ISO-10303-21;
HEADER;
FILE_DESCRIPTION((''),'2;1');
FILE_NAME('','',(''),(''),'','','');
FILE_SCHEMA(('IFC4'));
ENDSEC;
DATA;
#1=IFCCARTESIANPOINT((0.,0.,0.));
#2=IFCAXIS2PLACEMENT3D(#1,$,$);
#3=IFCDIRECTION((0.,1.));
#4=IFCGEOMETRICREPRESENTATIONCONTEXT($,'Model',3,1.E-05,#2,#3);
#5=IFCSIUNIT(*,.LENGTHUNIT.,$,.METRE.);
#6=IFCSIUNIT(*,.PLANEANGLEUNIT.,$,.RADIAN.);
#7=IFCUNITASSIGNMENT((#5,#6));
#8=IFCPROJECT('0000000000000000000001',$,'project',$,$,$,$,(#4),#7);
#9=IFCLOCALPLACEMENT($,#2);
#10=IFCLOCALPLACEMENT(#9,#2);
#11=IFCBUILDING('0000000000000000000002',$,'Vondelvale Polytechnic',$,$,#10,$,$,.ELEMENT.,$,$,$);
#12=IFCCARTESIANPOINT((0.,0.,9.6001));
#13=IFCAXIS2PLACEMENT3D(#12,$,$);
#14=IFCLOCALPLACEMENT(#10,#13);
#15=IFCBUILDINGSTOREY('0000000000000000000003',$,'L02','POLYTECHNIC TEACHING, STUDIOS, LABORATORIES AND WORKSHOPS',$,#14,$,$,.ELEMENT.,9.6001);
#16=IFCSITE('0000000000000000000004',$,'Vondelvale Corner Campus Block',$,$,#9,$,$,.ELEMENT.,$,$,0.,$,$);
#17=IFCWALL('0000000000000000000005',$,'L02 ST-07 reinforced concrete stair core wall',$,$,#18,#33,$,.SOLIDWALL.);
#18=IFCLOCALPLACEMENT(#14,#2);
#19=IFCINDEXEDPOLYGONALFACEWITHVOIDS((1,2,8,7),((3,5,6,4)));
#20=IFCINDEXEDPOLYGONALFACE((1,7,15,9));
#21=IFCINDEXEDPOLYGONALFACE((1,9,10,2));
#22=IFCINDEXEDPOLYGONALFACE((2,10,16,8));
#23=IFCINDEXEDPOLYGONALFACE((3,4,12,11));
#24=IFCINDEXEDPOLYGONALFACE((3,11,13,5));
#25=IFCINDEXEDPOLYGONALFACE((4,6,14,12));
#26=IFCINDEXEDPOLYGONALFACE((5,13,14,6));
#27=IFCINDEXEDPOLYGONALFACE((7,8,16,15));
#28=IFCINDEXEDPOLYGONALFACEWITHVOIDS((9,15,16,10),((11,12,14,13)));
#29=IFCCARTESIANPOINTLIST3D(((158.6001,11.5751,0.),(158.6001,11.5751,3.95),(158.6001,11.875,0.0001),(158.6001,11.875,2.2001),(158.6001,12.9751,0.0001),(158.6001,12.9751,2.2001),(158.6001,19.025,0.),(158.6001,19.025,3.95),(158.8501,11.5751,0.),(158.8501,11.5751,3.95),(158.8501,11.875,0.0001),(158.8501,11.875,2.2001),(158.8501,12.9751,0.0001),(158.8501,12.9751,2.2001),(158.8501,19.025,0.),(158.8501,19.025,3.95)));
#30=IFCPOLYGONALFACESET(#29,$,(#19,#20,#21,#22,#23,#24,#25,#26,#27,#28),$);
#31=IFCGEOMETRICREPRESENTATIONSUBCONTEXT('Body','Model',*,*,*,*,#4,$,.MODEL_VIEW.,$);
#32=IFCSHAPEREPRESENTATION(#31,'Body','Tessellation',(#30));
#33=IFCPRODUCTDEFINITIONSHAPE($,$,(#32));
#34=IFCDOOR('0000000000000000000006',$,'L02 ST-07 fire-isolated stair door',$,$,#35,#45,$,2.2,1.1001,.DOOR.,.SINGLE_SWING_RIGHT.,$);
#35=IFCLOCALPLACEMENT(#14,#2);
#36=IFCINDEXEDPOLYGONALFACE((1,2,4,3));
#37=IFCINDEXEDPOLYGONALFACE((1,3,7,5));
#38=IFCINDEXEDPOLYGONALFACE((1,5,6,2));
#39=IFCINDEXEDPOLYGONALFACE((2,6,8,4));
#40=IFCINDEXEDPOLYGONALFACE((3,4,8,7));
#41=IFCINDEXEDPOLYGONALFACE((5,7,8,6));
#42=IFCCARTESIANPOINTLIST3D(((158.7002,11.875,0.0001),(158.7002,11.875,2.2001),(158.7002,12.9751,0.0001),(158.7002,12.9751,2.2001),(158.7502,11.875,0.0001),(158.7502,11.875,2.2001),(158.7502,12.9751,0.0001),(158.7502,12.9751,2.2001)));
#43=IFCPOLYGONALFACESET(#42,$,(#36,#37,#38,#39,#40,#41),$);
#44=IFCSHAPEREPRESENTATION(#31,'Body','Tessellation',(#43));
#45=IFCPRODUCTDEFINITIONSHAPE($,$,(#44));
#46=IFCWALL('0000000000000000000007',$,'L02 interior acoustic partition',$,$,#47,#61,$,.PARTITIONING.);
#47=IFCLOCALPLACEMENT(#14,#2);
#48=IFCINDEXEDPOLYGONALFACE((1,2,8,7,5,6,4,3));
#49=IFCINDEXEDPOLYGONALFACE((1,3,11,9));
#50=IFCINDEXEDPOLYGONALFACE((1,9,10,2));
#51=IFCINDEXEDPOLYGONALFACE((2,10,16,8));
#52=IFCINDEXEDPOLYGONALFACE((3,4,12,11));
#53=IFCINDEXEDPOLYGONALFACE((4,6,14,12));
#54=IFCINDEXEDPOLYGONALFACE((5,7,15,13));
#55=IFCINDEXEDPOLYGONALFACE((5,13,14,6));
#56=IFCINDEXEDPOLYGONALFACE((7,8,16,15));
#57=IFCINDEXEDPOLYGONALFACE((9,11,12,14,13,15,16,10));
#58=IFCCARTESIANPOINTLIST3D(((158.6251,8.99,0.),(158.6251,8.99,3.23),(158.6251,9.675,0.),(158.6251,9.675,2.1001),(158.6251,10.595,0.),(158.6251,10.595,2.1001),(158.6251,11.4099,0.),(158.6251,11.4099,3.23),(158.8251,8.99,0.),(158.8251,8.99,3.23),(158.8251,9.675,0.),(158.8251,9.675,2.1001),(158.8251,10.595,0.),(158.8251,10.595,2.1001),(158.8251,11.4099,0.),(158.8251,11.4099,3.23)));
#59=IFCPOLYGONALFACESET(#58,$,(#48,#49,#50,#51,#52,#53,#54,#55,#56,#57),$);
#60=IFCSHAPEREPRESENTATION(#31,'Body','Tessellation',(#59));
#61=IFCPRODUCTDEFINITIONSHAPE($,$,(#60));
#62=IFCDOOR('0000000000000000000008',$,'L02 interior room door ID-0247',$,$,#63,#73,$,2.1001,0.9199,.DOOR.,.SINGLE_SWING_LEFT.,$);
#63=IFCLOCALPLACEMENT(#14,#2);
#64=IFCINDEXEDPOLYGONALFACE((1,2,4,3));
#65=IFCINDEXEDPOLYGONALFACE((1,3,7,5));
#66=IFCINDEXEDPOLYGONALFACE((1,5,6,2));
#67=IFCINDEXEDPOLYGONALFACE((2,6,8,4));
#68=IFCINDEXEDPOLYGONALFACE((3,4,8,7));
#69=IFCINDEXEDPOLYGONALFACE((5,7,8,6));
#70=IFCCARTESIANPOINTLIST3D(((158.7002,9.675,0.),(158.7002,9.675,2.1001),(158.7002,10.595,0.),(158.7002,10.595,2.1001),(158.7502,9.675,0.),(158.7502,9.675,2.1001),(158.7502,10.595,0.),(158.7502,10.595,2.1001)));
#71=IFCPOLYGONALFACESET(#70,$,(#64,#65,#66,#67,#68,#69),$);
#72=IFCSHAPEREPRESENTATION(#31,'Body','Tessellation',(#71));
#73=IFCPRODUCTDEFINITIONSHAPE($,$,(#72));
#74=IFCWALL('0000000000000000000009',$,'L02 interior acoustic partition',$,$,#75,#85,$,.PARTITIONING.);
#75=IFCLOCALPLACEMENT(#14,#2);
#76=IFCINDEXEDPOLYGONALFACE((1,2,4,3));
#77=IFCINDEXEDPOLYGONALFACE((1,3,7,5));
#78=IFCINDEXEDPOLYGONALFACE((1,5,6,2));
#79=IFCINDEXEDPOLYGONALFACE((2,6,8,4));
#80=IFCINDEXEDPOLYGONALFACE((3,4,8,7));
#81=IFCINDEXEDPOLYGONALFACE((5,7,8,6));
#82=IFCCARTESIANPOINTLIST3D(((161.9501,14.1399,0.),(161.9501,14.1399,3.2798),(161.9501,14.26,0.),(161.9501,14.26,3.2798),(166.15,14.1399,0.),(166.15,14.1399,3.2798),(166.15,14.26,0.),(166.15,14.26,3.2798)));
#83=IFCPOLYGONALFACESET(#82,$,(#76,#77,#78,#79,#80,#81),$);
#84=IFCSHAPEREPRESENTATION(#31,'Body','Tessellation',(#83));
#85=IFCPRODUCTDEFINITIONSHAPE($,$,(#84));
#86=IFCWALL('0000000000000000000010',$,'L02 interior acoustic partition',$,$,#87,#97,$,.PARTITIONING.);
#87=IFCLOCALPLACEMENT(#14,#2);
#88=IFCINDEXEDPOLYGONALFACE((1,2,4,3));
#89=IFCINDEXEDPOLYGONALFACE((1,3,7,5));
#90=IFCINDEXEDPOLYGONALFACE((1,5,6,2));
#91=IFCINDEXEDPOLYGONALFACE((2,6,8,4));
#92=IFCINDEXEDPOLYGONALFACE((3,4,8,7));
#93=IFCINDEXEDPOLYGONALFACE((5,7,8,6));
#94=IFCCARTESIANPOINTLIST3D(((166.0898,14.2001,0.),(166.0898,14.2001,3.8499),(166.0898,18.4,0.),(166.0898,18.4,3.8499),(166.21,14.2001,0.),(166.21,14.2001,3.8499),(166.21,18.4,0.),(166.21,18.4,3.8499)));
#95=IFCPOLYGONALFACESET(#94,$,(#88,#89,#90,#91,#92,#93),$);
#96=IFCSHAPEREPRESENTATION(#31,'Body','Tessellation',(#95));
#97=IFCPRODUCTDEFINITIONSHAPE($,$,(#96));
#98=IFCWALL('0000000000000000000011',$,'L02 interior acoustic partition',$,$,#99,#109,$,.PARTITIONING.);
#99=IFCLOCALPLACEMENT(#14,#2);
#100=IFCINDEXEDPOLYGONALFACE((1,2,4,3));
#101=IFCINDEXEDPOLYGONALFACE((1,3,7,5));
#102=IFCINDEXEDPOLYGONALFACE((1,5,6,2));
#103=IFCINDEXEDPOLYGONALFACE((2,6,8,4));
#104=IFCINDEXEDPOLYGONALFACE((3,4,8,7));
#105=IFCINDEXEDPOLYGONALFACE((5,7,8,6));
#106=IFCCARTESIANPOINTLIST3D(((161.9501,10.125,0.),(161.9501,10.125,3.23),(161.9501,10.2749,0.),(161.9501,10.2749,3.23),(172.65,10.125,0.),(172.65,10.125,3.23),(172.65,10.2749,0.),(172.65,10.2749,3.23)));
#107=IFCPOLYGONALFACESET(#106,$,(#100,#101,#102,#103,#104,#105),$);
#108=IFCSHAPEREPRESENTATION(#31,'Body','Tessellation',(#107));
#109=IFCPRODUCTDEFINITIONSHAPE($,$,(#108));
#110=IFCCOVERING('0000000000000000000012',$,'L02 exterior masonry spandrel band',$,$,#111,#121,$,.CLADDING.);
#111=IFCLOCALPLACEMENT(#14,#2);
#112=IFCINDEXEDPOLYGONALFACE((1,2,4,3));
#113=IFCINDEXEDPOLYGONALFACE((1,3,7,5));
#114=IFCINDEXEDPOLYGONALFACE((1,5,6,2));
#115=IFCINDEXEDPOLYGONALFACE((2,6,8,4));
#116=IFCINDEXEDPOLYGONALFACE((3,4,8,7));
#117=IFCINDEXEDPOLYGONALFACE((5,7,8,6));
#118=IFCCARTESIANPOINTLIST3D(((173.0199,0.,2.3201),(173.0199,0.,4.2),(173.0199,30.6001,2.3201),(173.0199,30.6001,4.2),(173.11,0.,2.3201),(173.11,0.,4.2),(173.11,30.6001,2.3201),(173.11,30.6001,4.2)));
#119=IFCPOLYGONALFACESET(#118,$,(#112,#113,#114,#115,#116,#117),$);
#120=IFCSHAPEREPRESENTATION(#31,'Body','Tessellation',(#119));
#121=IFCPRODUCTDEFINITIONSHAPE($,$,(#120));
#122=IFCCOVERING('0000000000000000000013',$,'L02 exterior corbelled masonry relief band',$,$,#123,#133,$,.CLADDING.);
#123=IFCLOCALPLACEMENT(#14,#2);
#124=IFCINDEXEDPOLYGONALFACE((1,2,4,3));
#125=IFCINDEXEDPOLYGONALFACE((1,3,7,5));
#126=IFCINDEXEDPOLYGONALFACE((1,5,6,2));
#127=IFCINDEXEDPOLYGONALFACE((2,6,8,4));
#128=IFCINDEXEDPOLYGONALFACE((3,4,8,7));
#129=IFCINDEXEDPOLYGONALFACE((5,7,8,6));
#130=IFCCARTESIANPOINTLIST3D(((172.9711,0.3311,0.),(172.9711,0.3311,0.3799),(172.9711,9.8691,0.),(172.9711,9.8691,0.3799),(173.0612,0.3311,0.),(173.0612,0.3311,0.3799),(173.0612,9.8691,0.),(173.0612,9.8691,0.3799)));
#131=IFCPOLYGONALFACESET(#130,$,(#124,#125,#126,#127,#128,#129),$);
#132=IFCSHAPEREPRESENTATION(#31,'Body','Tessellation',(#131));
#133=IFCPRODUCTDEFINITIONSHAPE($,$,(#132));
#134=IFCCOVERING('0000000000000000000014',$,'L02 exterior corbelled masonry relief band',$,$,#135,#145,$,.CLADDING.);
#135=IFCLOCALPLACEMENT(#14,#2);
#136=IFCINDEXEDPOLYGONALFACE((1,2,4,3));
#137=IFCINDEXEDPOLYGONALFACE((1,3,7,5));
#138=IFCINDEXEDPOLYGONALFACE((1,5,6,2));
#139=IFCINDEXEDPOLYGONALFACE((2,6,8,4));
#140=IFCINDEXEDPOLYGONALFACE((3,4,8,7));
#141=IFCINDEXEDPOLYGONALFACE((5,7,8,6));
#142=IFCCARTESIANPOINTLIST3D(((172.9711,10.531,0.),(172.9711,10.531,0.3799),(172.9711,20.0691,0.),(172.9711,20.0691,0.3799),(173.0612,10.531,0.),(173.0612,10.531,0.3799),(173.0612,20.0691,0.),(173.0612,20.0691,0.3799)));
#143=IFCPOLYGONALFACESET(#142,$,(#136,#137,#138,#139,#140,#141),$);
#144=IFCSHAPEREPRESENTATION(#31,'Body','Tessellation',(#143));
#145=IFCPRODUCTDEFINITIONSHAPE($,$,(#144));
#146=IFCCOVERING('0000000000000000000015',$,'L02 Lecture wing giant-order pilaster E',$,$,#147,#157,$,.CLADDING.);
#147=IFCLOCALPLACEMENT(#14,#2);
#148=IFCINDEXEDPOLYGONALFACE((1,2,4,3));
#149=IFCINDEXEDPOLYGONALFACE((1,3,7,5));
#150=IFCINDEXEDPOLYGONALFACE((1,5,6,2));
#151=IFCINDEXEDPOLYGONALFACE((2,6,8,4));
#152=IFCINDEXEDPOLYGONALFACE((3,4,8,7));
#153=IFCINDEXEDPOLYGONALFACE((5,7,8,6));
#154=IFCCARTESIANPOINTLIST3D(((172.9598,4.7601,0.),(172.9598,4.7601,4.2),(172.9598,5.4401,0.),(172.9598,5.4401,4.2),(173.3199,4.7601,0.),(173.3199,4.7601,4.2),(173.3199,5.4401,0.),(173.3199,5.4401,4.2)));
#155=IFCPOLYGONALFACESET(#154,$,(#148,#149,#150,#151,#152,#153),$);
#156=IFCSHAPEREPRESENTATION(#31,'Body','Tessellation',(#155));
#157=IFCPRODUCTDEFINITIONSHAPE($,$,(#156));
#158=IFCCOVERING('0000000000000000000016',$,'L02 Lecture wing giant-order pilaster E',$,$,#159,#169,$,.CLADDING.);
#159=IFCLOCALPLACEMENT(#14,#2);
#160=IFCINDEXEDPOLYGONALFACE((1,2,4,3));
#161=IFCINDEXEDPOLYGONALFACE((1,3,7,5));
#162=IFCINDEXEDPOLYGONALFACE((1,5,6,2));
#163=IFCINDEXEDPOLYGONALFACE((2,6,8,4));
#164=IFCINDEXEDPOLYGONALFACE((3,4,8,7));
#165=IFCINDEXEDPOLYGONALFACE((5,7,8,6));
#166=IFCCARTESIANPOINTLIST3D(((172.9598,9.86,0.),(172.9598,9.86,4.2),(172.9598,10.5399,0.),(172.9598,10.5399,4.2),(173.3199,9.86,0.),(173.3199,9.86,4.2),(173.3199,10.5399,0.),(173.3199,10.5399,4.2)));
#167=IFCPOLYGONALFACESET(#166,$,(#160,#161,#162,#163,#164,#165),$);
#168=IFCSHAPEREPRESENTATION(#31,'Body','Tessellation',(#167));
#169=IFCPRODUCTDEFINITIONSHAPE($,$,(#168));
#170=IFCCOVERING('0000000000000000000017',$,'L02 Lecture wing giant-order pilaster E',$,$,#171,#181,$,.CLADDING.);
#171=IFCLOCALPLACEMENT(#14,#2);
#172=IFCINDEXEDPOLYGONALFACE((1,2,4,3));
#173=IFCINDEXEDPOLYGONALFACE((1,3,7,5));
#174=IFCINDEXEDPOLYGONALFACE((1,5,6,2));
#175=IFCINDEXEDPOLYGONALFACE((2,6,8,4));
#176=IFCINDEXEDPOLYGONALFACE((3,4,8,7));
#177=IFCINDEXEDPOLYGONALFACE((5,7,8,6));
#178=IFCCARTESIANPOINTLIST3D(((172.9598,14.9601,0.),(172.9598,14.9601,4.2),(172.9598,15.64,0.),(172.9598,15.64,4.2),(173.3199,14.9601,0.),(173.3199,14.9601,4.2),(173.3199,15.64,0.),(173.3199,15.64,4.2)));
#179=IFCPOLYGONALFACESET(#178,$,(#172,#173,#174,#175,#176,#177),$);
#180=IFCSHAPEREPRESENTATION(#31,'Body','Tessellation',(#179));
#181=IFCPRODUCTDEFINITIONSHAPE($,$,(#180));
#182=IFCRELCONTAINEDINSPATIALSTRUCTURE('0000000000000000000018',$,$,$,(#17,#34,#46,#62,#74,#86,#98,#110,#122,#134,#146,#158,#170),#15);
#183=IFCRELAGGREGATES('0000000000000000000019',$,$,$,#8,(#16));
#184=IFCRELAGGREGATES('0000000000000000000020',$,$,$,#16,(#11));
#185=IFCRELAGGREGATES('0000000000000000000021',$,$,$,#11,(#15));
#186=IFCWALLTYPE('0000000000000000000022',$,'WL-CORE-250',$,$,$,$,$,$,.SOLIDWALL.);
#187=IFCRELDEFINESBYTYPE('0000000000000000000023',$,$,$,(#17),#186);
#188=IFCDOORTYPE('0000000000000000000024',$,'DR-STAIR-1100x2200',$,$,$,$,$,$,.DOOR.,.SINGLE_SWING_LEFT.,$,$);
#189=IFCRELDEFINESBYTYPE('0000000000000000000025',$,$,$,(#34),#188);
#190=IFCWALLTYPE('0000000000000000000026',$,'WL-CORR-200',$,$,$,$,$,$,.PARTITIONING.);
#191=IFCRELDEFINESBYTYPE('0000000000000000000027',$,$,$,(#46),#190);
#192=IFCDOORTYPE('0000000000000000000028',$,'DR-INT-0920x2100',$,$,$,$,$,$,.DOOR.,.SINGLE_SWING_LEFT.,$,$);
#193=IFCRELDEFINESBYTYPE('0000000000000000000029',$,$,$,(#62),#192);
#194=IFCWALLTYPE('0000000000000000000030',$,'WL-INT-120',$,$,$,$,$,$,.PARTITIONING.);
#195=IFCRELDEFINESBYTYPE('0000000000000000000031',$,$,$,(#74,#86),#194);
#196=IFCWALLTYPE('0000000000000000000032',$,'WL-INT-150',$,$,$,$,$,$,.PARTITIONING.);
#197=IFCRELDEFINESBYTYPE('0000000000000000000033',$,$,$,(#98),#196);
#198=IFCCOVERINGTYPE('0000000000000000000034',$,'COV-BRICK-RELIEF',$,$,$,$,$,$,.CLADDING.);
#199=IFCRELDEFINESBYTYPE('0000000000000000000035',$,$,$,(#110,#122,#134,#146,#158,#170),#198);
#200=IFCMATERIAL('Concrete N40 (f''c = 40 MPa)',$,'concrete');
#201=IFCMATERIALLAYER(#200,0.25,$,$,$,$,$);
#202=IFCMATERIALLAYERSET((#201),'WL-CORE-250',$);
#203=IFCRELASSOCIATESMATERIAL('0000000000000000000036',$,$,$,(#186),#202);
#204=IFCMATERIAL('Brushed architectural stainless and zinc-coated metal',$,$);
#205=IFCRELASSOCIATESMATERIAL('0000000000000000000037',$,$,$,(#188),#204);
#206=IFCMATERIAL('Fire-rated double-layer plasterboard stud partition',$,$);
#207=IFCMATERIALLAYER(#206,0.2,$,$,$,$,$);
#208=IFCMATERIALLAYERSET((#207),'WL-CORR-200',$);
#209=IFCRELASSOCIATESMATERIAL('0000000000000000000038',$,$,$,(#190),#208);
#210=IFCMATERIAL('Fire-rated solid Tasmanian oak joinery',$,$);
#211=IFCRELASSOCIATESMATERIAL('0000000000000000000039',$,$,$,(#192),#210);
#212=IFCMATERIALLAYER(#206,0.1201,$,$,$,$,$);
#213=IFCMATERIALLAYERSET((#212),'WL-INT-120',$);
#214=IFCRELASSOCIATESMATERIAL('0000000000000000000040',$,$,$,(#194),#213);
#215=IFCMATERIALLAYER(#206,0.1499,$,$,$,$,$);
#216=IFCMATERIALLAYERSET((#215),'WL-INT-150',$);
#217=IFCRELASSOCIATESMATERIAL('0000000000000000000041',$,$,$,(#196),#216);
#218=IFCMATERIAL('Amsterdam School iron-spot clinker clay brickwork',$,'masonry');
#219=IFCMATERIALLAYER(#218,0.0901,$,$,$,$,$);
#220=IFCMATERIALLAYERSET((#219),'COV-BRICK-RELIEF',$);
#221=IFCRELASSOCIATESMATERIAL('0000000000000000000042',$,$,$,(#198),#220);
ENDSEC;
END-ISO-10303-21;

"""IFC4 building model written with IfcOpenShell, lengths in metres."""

from ifc_helpers import new_model, si_unit, direction, frame, frame_2d, origin, origin_2d, place, context, subcontext, project, spatial, rectangle, extrude, material, layer, layer_set, type_object, element, fill, save


model = new_model("IFC4")

# Units and contexts
model_context = context("Model", 3, precision=1e-05, world=origin(), true_north=direction((0.0, 1.0)))
body_context = subcontext(model_context, "Body", "Model", "MODEL_VIEW")
ifc_project = project(units=[si_unit("LENGTHUNIT", "METRE"), si_unit("PLANEANGLEUNIT", "RADIAN")], contexts=[model_context])

# Site, building, storey
site_placement = place(None, origin())
site = spatial("IfcSite", under=ifc_project, at=site_placement, Name="Vondelvale Corner Campus Block", CompositionType="ELEMENT", RefElevation=0.0)
building_placement = place(site_placement, origin())
building = spatial("IfcBuilding", under=site, at=building_placement, Name="Vondelvale Polytechnic", CompositionType="ELEMENT")
storey_placement = place(building_placement, frame((0.0, 0.0, 9.6001)))
storey = spatial("IfcBuildingStorey", under=building, at=storey_placement, Name="L02", Description="POLYTECHNIC TEACHING, STUDIOS, LABORATORIES AND WORKSHOPS", CompositionType="ELEMENT", Elevation=9.6001)

# Shared definitions
ifc_material_1 = material(Name="Concrete N40 (f'c = 40 MPa)", Category="concrete")

# Shared definitions
ifc_material_2 = material(Name="Amsterdam School iron-spot clinker clay brickwork", Category="masonry")

# Shared definitions
ifc_layer_1 = layer(ifc_material_1, 0.25)
ifc_layer_set_1 = layer_set([ifc_layer_1], Name="WL-CORE-250")
wall_type_1 = type_object("IfcWallType", Name="WL-CORE-250", PredefinedType="SOLIDWALL", material=ifc_layer_set_1)

# Walls, openings, doors
wall_1_placement = place(storey_placement, frame((158.7251, 11.575, 0.0), z_axis=(0.0, 0.0, 1.0), x_axis=(0.0, 1.0, 0.0)))
wall_1 = element("IfcWall", 1, at=wall_1_placement, inside=storey, type_object=wall_type_1, Name="L02 ST-07 reinforced concrete stair core wall", PredefinedType="SOLIDWALL", context=body_context, shape_type="SweptSolid", body=[
    extrude(rectangle(XDim=7.45, YDim=0.25, at=frame_2d((3.7251, 0.0))), origin(), (0.0, 0.0, 1.0), 3.95),
])
opening_1_placement = place(wall_1_placement, frame((0.3, 0.0, 0.0)))
opening_1 = element("IfcOpeningElement", 2, at=opening_1_placement, cuts=wall_1, PredefinedType="OPENING", context=body_context, shape_type="SweptSolid", body=[
    extrude(rectangle(XDim=1.1001, YDim=2.2, at=frame_2d((0.55, 1.1001))), frame((0.0, 0.135, 0.0), z_axis=(0.0, -1.0, 0.0), x_axis=(1.0, 0.0, 0.0)), (0.0, 0.0, 1.0), 0.27),
])
ifc_material_3 = material(Name="Brushed architectural stainless and zinc-coated metal")
door_type_1 = type_object("IfcDoorType", Name="DR-STAIR-1100x2200", OperationType="SINGLE_SWING_LEFT", PredefinedType="DOOR", material=ifc_material_3)
door_1_placement = place(opening_1_placement, origin())
door_1 = element("IfcDoor", 3, at=door_1_placement, inside=storey, type_object=door_type_1, Name="L02 ST-07 fire-isolated stair door", OperationType="SINGLE_SWING_RIGHT", OverallHeight=2.2, OverallWidth=1.1001, PredefinedType="DOOR", context=body_context, shape_type="SweptSolid", body=[
    extrude(rectangle(XDim=1.1001, YDim=2.2, at=frame_2d((0.55, 1.1001))), frame((0.0, 0.0249, 0.0), z_axis=(0.0, -1.0, 0.0), x_axis=(1.0, 0.0, 0.0)), (0.0, 0.0, 1.0), 0.05),
])
fill(opening_1, door_1)
ifc_material_4 = material(Name="Fire-rated double-layer plasterboard stud partition")
ifc_layer_2 = layer(ifc_material_4, 0.2)
ifc_layer_set_2 = layer_set([ifc_layer_2], Name="WL-CORR-200")
wall_type_2 = type_object("IfcWallType", Name="WL-CORR-200", PredefinedType="PARTITIONING", material=ifc_layer_set_2)
wall_2_placement = place(storey_placement, frame((158.7251, 8.99, 0.0), z_axis=(0.0, 0.0, 1.0), x_axis=(0.0, 1.0, 0.0)))
wall_2 = element("IfcWall", 4, at=wall_2_placement, inside=storey, type_object=wall_type_2, Name="L02 interior acoustic partition", PredefinedType="PARTITIONING", context=body_context, shape_type="SweptSolid", body=[
    extrude(rectangle(XDim=2.4199, YDim=0.2, at=frame_2d((1.21, 0.0))), origin(), (0.0, 0.0, 1.0), 3.23),
])
opening_2_placement = place(wall_2_placement, frame((0.6851, 0.0, 0.0)))
opening_2 = element("IfcOpeningElement", 5, at=opening_2_placement, cuts=wall_2, PredefinedType="OPENING", context=body_context, shape_type="SweptSolid", body=[
    extrude(rectangle(XDim=0.9199, YDim=2.1001, at=frame_2d((0.46, 1.05))), frame((0.0, 0.1099, 0.0), z_axis=(0.0, -1.0, 0.0), x_axis=(1.0, 0.0, 0.0)), (0.0, 0.0, 1.0), 0.22),
])
ifc_material_5 = material(Name="Fire-rated solid Tasmanian oak joinery")
door_type_2 = type_object("IfcDoorType", Name="DR-INT-0920x2100", OperationType="SINGLE_SWING_LEFT", PredefinedType="DOOR", material=ifc_material_5)
door_2_placement = place(opening_2_placement, origin())
door_2 = element("IfcDoor", 6, at=door_2_placement, inside=storey, type_object=door_type_2, Name="L02 interior room door ID-0247", OperationType="SINGLE_SWING_LEFT", OverallHeight=2.1001, OverallWidth=0.9199, PredefinedType="DOOR", context=body_context, shape_type="SweptSolid", body=[
    extrude(rectangle(XDim=0.9199, YDim=2.1001, at=frame_2d((0.46, 1.05))), frame((0.0, 0.0249, 0.0), z_axis=(0.0, -1.0, 0.0), x_axis=(1.0, 0.0, 0.0)), (0.0, 0.0, 1.0), 0.05),
])
fill(opening_2, door_2)

# Walls
ifc_layer_3 = layer(ifc_material_4, 0.1201)
ifc_layer_set_3 = layer_set([ifc_layer_3], Name="WL-INT-120")
wall_type_3 = type_object("IfcWallType", Name="WL-INT-120", PredefinedType="PARTITIONING", material=ifc_layer_set_3)
wall_3_placement = place(storey_placement, frame((161.95, 14.2, 0.0), z_axis=(0.0, 0.0, 1.0), x_axis=(1.0, 0.0, 0.0)))
element("IfcWall", 7, at=wall_3_placement, inside=storey, type_object=wall_type_3, Name="L02 interior acoustic partition", PredefinedType="PARTITIONING", context=body_context, shape_type="SweptSolid", body=[
    extrude(rectangle(XDim=4.2, YDim=0.1201, at=frame_2d((2.1001, 0.0))), origin(), (0.0, 0.0, 1.0), 3.2798),
])
wall_4_placement = place(storey_placement, frame((166.1499, 14.2, 0.0), z_axis=(0.0, 0.0, 1.0), x_axis=(0.0, 1.0, 0.0)))
element("IfcWall", 8, at=wall_4_placement, inside=storey, type_object=wall_type_3, Name="L02 interior acoustic partition", PredefinedType="PARTITIONING", context=body_context, shape_type="SweptSolid", body=[
    extrude(rectangle(XDim=4.2, YDim=0.1201, at=frame_2d((2.1001, 0.0))), origin(), (0.0, 0.0, 1.0), 3.8499),
])
ifc_layer_4 = layer(ifc_material_4, 0.1499)
ifc_layer_set_4 = layer_set([ifc_layer_4], Name="WL-INT-150")
wall_type_4 = type_object("IfcWallType", Name="WL-INT-150", PredefinedType="PARTITIONING", material=ifc_layer_set_4)
wall_5_placement = place(storey_placement, frame((161.95, 10.2, 0.0), z_axis=(0.0, 0.0, 1.0), x_axis=(1.0, 0.0, 0.0)))
element("IfcWall", 9, at=wall_5_placement, inside=storey, type_object=wall_type_4, Name="L02 interior acoustic partition", PredefinedType="PARTITIONING", context=body_context, shape_type="SweptSolid", body=[
    extrude(rectangle(XDim=10.7, YDim=0.1499, at=frame_2d((5.3501, 0.0))), origin(), (0.0, 0.0, 1.0), 3.23),
])

# Coverings
ifc_layer_5 = layer(ifc_material_2, 0.0901)
ifc_layer_set_5 = layer_set([ifc_layer_5], Name="COV-BRICK-RELIEF")
covering_type = type_object("IfcCoveringType", Name="COV-BRICK-RELIEF", PredefinedType="CLADDING", material=ifc_layer_set_5)
covering_placement = place(storey_placement, frame((173.0649, 15.3, 2.3201), z_axis=(0.0, 0.0, 1.0), x_axis=(0.0, 1.0, 0.0)))
element("IfcCovering", 10, at=covering_placement, inside=storey, type_object=covering_type, Name="L02 exterior masonry spandrel band", PredefinedType="CLADDING", context=body_context, shape_type="SweptSolid", body=[
    extrude(rectangle(XDim=30.6001, YDim=0.0901, at=origin_2d()), origin(), (0.0, 0.0, 1.0), 1.8799),
])
for number, where, z_axis, x_axis, name in (
    (11, (173.0161, 5.1001, 0.0), (0.0, 0.0, 1.0), (0.0, -1.0, 0.0), "L02 exterior corbelled masonry relief band"),
    (12, (173.0161, 15.3, 0.0), (0.0, 0.0, 1.0), (0.0, -1.0, 0.0), "L02 exterior corbelled masonry relief band"),
):
    element("IfcCovering", number, at=place(storey_placement, frame(where, z_axis=z_axis, x_axis=x_axis)), inside=storey, type_object=covering_type, Name=name, PredefinedType="CLADDING", context=body_context, shape_type="SweptSolid", body=[
        extrude(rectangle(XDim=9.5381, YDim=0.0901, at=origin_2d()), origin(), (0.0, 0.0, 1.0), 0.3799),
    ])
for number, where, z_axis, x_axis, name in (
    (13, (173.1399, 5.1001, 0.0), (0.0, 0.0, 1.0), (1.0, 0.0, 0.0), "L02 Lecture wing giant-order pilaster E"),
    (14, (173.1399, 10.2, 0.0), (0.0, 0.0, 1.0), (1.0, 0.0, 0.0), "L02 Lecture wing giant-order pilaster E"),
    (15, (173.1399, 15.3, 0.0), (0.0, 0.0, 1.0), (1.0, 0.0, 0.0), "L02 Lecture wing giant-order pilaster E"),
):
    element("IfcCovering", number, at=place(storey_placement, frame(where, z_axis=z_axis, x_axis=x_axis)), inside=storey, type_object=covering_type, Name=name, PredefinedType="CLADDING", context=body_context, shape_type="SweptSolid", body=[
        extrude(rectangle(XDim=0.3601, YDim=0.6799, at=origin_2d()), origin(), (0.0, 0.0, 1.0), 4.2),
    ])

save(model, "model.ifc")
